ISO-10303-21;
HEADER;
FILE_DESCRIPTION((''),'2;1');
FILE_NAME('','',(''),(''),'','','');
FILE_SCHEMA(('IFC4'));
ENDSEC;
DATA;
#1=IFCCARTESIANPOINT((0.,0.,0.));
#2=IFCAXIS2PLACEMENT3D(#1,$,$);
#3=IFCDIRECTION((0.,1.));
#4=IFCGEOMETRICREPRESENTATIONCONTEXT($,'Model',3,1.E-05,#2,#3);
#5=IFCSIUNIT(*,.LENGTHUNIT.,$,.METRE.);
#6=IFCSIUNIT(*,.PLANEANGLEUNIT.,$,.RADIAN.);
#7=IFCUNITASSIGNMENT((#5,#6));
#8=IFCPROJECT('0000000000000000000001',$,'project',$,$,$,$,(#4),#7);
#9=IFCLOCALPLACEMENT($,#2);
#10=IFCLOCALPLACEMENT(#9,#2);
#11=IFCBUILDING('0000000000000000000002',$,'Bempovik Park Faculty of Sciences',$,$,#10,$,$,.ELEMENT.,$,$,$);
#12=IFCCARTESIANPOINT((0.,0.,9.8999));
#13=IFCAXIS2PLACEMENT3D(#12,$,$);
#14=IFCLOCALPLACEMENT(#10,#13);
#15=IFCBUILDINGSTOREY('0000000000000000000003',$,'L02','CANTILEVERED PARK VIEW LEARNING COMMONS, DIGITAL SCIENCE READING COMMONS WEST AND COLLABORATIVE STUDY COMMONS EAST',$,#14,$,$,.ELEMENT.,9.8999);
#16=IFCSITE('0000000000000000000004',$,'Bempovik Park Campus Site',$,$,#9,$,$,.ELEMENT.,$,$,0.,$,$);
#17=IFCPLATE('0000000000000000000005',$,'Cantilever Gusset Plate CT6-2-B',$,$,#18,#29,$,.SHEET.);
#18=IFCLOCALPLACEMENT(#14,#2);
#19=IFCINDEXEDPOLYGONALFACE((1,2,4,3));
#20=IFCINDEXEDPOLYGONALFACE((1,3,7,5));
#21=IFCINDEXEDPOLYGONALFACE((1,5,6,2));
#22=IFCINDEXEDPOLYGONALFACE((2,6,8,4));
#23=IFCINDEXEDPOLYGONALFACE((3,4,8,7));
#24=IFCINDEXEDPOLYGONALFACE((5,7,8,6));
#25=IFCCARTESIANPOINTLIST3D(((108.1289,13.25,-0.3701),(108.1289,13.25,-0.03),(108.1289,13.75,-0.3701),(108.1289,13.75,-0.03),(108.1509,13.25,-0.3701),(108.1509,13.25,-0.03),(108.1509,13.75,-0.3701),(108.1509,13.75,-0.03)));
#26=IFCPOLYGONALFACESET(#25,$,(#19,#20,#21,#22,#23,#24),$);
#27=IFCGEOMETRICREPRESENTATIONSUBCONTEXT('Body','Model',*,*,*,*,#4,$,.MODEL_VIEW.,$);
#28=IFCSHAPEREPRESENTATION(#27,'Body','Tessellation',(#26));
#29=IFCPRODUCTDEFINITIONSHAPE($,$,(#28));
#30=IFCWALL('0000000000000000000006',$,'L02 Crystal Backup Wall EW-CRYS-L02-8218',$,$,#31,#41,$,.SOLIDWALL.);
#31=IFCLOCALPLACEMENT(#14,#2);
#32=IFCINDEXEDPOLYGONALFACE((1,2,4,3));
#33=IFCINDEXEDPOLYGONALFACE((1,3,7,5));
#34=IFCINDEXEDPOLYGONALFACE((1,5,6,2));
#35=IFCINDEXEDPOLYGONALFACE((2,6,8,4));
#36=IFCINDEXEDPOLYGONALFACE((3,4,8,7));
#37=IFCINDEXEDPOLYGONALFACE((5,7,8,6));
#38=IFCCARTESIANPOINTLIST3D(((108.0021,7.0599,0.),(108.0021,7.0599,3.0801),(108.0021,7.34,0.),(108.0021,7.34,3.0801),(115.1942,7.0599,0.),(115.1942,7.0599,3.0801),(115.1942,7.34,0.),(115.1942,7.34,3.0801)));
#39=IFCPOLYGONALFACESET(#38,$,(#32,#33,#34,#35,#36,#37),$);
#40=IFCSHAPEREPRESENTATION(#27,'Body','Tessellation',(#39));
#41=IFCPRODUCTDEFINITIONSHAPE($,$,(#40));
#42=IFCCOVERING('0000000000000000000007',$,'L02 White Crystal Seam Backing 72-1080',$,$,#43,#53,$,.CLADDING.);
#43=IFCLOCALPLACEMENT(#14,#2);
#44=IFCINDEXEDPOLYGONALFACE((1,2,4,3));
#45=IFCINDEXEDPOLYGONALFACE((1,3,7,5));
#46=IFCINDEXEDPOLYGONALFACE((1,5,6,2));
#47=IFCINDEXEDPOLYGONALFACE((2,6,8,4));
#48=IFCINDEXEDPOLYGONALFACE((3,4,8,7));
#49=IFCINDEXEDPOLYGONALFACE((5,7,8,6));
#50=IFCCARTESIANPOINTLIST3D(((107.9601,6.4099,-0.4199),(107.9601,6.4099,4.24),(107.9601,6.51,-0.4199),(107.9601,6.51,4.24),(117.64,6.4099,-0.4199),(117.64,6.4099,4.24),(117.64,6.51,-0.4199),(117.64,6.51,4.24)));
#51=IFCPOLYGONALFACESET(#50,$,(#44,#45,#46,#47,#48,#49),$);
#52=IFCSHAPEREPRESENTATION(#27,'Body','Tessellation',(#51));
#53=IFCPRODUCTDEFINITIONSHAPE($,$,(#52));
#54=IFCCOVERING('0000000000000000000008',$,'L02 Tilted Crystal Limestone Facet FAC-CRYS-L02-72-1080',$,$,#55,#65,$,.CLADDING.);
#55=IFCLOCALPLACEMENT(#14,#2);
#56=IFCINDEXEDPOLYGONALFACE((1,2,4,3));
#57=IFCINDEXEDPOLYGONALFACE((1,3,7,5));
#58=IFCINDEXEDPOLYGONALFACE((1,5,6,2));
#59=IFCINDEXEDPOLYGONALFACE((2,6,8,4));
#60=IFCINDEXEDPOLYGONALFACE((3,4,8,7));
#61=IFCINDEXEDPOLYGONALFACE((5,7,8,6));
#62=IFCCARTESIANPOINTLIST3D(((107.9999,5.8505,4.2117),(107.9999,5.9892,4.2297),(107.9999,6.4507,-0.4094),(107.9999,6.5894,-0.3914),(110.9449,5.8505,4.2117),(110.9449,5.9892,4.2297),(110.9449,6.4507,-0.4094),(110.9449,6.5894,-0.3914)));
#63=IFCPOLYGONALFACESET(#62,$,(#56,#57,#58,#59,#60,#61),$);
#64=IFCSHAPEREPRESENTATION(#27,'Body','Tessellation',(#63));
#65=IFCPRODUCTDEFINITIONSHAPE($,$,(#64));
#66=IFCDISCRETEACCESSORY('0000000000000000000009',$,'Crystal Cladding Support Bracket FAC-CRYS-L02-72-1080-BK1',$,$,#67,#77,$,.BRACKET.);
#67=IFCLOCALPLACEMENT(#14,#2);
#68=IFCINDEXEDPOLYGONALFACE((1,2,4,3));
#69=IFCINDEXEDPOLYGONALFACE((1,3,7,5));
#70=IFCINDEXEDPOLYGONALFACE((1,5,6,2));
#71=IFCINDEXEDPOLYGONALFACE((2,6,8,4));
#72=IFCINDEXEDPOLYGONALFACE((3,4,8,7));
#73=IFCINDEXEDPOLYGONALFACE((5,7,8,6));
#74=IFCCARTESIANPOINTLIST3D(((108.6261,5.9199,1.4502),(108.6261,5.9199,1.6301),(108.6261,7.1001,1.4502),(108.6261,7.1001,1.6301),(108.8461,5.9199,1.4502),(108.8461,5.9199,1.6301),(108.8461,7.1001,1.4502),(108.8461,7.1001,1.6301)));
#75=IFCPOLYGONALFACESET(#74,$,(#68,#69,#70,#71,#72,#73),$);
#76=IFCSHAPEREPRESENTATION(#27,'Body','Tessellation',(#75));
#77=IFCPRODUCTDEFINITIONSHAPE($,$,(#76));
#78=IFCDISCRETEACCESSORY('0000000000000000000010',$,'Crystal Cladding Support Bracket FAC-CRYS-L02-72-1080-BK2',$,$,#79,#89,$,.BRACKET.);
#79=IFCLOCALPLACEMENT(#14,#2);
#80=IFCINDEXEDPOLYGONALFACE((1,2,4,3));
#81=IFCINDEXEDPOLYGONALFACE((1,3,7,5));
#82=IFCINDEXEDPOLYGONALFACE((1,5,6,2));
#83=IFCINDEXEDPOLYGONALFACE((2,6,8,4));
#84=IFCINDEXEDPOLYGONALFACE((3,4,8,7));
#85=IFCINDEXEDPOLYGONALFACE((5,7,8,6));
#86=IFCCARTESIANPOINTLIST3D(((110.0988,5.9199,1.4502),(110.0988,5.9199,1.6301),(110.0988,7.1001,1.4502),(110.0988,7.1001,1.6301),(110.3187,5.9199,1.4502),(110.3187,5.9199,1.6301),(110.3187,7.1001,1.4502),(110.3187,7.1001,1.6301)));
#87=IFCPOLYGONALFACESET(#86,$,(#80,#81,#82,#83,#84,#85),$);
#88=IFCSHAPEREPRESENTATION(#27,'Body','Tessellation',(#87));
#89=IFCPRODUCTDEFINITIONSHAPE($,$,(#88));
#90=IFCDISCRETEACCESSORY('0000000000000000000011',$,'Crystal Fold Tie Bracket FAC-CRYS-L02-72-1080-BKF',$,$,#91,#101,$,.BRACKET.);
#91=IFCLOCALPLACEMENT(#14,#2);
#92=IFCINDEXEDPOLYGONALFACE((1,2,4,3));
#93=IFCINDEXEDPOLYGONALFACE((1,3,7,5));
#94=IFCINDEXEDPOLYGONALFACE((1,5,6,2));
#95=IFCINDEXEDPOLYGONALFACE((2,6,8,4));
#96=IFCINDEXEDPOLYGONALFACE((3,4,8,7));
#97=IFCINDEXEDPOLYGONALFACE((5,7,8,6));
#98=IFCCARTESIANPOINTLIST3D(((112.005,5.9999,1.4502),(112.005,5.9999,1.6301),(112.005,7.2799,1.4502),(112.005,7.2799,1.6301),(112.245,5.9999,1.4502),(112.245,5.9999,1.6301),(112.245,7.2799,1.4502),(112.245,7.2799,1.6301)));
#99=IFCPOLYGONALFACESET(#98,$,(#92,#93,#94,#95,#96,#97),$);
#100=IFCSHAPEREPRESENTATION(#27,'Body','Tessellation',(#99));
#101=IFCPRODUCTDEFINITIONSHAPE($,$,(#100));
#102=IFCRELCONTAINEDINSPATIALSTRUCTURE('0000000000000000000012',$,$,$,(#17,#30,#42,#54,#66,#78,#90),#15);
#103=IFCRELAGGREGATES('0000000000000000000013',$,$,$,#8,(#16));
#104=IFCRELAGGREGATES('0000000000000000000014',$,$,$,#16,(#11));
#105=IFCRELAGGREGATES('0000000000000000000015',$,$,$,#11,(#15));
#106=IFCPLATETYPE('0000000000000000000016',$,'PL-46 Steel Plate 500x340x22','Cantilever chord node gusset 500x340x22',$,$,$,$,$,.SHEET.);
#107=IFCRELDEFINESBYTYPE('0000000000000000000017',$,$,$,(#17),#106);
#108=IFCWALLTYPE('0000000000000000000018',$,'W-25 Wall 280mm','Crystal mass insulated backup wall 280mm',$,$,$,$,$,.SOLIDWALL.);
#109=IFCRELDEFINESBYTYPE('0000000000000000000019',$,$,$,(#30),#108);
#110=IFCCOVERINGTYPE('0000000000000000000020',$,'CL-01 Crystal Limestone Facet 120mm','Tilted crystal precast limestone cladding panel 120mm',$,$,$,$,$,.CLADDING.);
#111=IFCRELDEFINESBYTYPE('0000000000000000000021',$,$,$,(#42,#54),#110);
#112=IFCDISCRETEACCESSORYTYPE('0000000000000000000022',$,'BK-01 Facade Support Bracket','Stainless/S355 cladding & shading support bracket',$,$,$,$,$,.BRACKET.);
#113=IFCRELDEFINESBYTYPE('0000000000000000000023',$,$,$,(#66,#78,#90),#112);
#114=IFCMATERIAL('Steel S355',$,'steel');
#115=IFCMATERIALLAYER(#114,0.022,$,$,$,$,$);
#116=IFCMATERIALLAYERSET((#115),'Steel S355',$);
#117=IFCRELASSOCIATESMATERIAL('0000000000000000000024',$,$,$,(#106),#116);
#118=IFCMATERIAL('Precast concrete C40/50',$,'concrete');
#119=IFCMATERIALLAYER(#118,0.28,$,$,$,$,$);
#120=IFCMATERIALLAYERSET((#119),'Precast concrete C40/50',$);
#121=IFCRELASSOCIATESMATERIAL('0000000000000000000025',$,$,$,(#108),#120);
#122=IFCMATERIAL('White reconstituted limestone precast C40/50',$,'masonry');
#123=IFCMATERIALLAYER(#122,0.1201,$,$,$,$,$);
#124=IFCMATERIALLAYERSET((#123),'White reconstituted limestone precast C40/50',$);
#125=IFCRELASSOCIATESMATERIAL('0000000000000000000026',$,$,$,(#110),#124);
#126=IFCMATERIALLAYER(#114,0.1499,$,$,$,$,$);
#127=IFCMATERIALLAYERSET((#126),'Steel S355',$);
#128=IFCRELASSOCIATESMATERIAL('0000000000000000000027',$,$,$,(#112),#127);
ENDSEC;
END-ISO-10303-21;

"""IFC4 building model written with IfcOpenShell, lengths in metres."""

from ifc_helpers import new_model, si_unit, direction, frame, frame_2d, origin, origin_2d, place, context, subcontext, project, spatial, rectangle, extrude, material, layer, layer_set, type_object, element, save


model = new_model("IFC4")

# Units and contexts
model_context = context("Model", 3, precision=1e-05, world=origin(), true_north=direction((0.0, 1.0)))
body_context = subcontext(model_context, "Body", "Model", "MODEL_VIEW")
ifc_project = project(units=[si_unit("LENGTHUNIT", "METRE"), si_unit("PLANEANGLEUNIT", "RADIAN")], contexts=[model_context])

# Site, building, storey
site_placement = place(None, origin())
site = spatial("IfcSite", under=ifc_project, at=site_placement, Name="Bempovik Park Campus Site", CompositionType="ELEMENT", RefElevation=0.0)
building_placement = place(site_placement, origin())
building = spatial("IfcBuilding", under=site, at=building_placement, Name="Bempovik Park Faculty of Sciences", CompositionType="ELEMENT")
storey_placement = place(building_placement, frame((0.0, 0.0, 9.8999)))
storey = spatial("IfcBuildingStorey", under=building, at=storey_placement, Name="L02", Description="CANTILEVERED PARK VIEW LEARNING COMMONS, DIGITAL SCIENCE READING COMMONS WEST AND COLLABORATIVE STUDY COMMONS EAST", CompositionType="ELEMENT", Elevation=9.8999)

# Shared definitions
ifc_material_1 = material(Name="Steel S355", Category="steel")

# Plate
ifc_layer_1 = layer(ifc_material_1, 0.022)
ifc_layer_set_1 = layer_set([ifc_layer_1], Name="Steel S355")
plate_type_1 = type_object("IfcPlateType", Name="PL-46 Steel Plate 500x340x22", Description="Cantilever chord node gusset 500x340x22", PredefinedType="SHEET", material=ifc_layer_set_1)
plate_1_placement = place(storey_placement, frame((108.1399, 13.5, -0.3701), z_axis=(0.0, 0.0, 1.0), x_axis=(1.0, 0.0, 0.0)))
element("IfcPlate", 1, at=plate_1_placement, inside=storey, type_object=plate_type_1, Name="Cantilever Gusset Plate CT6-2-B", PredefinedType="SHEET", context=body_context, shape_type="SweptSolid", body=[
    extrude(rectangle(XDim=0.022, YDim=0.5, at=origin_2d()), origin(), (0.0, 0.0, 1.0), 0.3401),
])

# Wall
ifc_material_2 = material(Name="Precast concrete C40/50", Category="concrete")
ifc_layer_2 = layer(ifc_material_2, 0.28)
ifc_layer_set_2 = layer_set([ifc_layer_2], Name="Precast concrete C40/50")
wall_type = type_object("IfcWallType", Name="W-25 Wall 280mm", Description="Crystal mass insulated backup wall 280mm", PredefinedType="SOLIDWALL", material=ifc_layer_set_2)
wall_placement = place(storey_placement, frame((108.002, 7.2, 0.0), z_axis=(0.0, 0.0, 1.0), x_axis=(1.0, 0.0, 0.0)))
element("IfcWall", 2, at=wall_placement, inside=storey, type_object=wall_type, Name="L02 Crystal Backup Wall EW-CRYS-L02-8218", PredefinedType="SOLIDWALL", context=body_context, shape_type="SweptSolid", body=[
    extrude(rectangle(XDim=7.1921, YDim=0.28, at=frame_2d((3.5962, 0.0))), origin(), (0.0, 0.0, 1.0), 3.0801),
])

# Coverings
ifc_material_3 = material(Name="White reconstituted limestone precast C40/50", Category="masonry")
ifc_layer_3 = layer(ifc_material_3, 0.1201)
ifc_layer_set_3 = layer_set([ifc_layer_3], Name="White reconstituted limestone precast C40/50")
covering_type = type_object("IfcCoveringType", Name="CL-01 Crystal Limestone Facet 120mm", Description="Tilted crystal precast limestone cladding panel 120mm", PredefinedType="CLADDING", material=ifc_layer_set_3)
covering_1_placement = place(storey_placement, frame((112.8, 6.46, -0.4199), z_axis=(0.0, 0.0, 1.0), x_axis=(1.0, 0.0, 0.0)))
element("IfcCovering", 3, at=covering_1_placement, inside=storey, type_object=covering_type, Name="L02 White Crystal Seam Backing 72-1080", PredefinedType="CLADDING", context=body_context, shape_type="SweptSolid", body=[
    extrude(rectangle(XDim=9.6799, YDim=0.1001, at=origin_2d()), origin(), (0.0, 0.0, 1.0), 4.6599),
])
covering_2_placement = place(storey_placement, frame((109.4724, 6.52, -0.4004), z_axis=(0.0, -0.128796, 0.991671), x_axis=(1.0, 0.0, 0.0)))
element("IfcCovering", 4, at=covering_2_placement, inside=storey, type_object=covering_type, Name="L02 Tilted Crystal Limestone Facet FAC-CRYS-L02-72-1080", PredefinedType="CLADDING", context=body_context, shape_type="SweptSolid", body=[
    extrude(rectangle(XDim=2.9451, YDim=0.1399, at=origin_2d()), origin(), (0.0, 0.0, 1.0), 4.6599),
])

# Discrete accessories
ifc_layer_4 = layer(ifc_material_1, 0.1499)
ifc_layer_set_4 = layer_set([ifc_layer_4], Name="Steel S355")
discrete_accessory_type = type_object("IfcDiscreteAccessoryType", Name="BK-01 Facade Support Bracket", Description="Stainless/S355 cladding & shading support bracket", PredefinedType="BRACKET", material=ifc_layer_set_4)
for number, where, z_axis, x_axis, name in (
    (5, (108.7361, 6.51, 1.4502), (0.0, 0.0, 1.0), (1.0, 0.0, 0.0), "Crystal Cladding Support Bracket FAC-CRYS-L02-72-1080-BK1"),
    (6, (110.2087, 6.51, 1.4502), (0.0, 0.0, 1.0), (1.0, 0.0, 0.0), "Crystal Cladding Support Bracket FAC-CRYS-L02-72-1080-BK2"),
):
    element("IfcDiscreteAccessory", number, at=place(storey_placement, frame(where, z_axis=z_axis, x_axis=x_axis)), inside=storey, type_object=discrete_accessory_type, Name=name, PredefinedType="BRACKET", context=body_context, shape_type="SweptSolid", body=[
        extrude(rectangle(XDim=0.22, YDim=1.1802, at=origin_2d()), origin(), (0.0, 0.0, 1.0), 0.1799),
    ])
discrete_accessory_placement = place(storey_placement, frame((112.125, 6.6399, 1.4502), z_axis=(0.0, 0.0, 1.0), x_axis=(1.0, 0.0, 0.0)))
element("IfcDiscreteAccessory", 7, at=discrete_accessory_placement, inside=storey, type_object=discrete_accessory_type, Name="Crystal Fold Tie Bracket FAC-CRYS-L02-72-1080-BKF", PredefinedType="BRACKET", context=body_context, shape_type="SweptSolid", body=[
    extrude(rectangle(XDim=0.24, YDim=1.28, at=origin_2d()), origin(), (0.0, 0.0, 1.0), 0.1799),
])

save(model, "model.ifc")
